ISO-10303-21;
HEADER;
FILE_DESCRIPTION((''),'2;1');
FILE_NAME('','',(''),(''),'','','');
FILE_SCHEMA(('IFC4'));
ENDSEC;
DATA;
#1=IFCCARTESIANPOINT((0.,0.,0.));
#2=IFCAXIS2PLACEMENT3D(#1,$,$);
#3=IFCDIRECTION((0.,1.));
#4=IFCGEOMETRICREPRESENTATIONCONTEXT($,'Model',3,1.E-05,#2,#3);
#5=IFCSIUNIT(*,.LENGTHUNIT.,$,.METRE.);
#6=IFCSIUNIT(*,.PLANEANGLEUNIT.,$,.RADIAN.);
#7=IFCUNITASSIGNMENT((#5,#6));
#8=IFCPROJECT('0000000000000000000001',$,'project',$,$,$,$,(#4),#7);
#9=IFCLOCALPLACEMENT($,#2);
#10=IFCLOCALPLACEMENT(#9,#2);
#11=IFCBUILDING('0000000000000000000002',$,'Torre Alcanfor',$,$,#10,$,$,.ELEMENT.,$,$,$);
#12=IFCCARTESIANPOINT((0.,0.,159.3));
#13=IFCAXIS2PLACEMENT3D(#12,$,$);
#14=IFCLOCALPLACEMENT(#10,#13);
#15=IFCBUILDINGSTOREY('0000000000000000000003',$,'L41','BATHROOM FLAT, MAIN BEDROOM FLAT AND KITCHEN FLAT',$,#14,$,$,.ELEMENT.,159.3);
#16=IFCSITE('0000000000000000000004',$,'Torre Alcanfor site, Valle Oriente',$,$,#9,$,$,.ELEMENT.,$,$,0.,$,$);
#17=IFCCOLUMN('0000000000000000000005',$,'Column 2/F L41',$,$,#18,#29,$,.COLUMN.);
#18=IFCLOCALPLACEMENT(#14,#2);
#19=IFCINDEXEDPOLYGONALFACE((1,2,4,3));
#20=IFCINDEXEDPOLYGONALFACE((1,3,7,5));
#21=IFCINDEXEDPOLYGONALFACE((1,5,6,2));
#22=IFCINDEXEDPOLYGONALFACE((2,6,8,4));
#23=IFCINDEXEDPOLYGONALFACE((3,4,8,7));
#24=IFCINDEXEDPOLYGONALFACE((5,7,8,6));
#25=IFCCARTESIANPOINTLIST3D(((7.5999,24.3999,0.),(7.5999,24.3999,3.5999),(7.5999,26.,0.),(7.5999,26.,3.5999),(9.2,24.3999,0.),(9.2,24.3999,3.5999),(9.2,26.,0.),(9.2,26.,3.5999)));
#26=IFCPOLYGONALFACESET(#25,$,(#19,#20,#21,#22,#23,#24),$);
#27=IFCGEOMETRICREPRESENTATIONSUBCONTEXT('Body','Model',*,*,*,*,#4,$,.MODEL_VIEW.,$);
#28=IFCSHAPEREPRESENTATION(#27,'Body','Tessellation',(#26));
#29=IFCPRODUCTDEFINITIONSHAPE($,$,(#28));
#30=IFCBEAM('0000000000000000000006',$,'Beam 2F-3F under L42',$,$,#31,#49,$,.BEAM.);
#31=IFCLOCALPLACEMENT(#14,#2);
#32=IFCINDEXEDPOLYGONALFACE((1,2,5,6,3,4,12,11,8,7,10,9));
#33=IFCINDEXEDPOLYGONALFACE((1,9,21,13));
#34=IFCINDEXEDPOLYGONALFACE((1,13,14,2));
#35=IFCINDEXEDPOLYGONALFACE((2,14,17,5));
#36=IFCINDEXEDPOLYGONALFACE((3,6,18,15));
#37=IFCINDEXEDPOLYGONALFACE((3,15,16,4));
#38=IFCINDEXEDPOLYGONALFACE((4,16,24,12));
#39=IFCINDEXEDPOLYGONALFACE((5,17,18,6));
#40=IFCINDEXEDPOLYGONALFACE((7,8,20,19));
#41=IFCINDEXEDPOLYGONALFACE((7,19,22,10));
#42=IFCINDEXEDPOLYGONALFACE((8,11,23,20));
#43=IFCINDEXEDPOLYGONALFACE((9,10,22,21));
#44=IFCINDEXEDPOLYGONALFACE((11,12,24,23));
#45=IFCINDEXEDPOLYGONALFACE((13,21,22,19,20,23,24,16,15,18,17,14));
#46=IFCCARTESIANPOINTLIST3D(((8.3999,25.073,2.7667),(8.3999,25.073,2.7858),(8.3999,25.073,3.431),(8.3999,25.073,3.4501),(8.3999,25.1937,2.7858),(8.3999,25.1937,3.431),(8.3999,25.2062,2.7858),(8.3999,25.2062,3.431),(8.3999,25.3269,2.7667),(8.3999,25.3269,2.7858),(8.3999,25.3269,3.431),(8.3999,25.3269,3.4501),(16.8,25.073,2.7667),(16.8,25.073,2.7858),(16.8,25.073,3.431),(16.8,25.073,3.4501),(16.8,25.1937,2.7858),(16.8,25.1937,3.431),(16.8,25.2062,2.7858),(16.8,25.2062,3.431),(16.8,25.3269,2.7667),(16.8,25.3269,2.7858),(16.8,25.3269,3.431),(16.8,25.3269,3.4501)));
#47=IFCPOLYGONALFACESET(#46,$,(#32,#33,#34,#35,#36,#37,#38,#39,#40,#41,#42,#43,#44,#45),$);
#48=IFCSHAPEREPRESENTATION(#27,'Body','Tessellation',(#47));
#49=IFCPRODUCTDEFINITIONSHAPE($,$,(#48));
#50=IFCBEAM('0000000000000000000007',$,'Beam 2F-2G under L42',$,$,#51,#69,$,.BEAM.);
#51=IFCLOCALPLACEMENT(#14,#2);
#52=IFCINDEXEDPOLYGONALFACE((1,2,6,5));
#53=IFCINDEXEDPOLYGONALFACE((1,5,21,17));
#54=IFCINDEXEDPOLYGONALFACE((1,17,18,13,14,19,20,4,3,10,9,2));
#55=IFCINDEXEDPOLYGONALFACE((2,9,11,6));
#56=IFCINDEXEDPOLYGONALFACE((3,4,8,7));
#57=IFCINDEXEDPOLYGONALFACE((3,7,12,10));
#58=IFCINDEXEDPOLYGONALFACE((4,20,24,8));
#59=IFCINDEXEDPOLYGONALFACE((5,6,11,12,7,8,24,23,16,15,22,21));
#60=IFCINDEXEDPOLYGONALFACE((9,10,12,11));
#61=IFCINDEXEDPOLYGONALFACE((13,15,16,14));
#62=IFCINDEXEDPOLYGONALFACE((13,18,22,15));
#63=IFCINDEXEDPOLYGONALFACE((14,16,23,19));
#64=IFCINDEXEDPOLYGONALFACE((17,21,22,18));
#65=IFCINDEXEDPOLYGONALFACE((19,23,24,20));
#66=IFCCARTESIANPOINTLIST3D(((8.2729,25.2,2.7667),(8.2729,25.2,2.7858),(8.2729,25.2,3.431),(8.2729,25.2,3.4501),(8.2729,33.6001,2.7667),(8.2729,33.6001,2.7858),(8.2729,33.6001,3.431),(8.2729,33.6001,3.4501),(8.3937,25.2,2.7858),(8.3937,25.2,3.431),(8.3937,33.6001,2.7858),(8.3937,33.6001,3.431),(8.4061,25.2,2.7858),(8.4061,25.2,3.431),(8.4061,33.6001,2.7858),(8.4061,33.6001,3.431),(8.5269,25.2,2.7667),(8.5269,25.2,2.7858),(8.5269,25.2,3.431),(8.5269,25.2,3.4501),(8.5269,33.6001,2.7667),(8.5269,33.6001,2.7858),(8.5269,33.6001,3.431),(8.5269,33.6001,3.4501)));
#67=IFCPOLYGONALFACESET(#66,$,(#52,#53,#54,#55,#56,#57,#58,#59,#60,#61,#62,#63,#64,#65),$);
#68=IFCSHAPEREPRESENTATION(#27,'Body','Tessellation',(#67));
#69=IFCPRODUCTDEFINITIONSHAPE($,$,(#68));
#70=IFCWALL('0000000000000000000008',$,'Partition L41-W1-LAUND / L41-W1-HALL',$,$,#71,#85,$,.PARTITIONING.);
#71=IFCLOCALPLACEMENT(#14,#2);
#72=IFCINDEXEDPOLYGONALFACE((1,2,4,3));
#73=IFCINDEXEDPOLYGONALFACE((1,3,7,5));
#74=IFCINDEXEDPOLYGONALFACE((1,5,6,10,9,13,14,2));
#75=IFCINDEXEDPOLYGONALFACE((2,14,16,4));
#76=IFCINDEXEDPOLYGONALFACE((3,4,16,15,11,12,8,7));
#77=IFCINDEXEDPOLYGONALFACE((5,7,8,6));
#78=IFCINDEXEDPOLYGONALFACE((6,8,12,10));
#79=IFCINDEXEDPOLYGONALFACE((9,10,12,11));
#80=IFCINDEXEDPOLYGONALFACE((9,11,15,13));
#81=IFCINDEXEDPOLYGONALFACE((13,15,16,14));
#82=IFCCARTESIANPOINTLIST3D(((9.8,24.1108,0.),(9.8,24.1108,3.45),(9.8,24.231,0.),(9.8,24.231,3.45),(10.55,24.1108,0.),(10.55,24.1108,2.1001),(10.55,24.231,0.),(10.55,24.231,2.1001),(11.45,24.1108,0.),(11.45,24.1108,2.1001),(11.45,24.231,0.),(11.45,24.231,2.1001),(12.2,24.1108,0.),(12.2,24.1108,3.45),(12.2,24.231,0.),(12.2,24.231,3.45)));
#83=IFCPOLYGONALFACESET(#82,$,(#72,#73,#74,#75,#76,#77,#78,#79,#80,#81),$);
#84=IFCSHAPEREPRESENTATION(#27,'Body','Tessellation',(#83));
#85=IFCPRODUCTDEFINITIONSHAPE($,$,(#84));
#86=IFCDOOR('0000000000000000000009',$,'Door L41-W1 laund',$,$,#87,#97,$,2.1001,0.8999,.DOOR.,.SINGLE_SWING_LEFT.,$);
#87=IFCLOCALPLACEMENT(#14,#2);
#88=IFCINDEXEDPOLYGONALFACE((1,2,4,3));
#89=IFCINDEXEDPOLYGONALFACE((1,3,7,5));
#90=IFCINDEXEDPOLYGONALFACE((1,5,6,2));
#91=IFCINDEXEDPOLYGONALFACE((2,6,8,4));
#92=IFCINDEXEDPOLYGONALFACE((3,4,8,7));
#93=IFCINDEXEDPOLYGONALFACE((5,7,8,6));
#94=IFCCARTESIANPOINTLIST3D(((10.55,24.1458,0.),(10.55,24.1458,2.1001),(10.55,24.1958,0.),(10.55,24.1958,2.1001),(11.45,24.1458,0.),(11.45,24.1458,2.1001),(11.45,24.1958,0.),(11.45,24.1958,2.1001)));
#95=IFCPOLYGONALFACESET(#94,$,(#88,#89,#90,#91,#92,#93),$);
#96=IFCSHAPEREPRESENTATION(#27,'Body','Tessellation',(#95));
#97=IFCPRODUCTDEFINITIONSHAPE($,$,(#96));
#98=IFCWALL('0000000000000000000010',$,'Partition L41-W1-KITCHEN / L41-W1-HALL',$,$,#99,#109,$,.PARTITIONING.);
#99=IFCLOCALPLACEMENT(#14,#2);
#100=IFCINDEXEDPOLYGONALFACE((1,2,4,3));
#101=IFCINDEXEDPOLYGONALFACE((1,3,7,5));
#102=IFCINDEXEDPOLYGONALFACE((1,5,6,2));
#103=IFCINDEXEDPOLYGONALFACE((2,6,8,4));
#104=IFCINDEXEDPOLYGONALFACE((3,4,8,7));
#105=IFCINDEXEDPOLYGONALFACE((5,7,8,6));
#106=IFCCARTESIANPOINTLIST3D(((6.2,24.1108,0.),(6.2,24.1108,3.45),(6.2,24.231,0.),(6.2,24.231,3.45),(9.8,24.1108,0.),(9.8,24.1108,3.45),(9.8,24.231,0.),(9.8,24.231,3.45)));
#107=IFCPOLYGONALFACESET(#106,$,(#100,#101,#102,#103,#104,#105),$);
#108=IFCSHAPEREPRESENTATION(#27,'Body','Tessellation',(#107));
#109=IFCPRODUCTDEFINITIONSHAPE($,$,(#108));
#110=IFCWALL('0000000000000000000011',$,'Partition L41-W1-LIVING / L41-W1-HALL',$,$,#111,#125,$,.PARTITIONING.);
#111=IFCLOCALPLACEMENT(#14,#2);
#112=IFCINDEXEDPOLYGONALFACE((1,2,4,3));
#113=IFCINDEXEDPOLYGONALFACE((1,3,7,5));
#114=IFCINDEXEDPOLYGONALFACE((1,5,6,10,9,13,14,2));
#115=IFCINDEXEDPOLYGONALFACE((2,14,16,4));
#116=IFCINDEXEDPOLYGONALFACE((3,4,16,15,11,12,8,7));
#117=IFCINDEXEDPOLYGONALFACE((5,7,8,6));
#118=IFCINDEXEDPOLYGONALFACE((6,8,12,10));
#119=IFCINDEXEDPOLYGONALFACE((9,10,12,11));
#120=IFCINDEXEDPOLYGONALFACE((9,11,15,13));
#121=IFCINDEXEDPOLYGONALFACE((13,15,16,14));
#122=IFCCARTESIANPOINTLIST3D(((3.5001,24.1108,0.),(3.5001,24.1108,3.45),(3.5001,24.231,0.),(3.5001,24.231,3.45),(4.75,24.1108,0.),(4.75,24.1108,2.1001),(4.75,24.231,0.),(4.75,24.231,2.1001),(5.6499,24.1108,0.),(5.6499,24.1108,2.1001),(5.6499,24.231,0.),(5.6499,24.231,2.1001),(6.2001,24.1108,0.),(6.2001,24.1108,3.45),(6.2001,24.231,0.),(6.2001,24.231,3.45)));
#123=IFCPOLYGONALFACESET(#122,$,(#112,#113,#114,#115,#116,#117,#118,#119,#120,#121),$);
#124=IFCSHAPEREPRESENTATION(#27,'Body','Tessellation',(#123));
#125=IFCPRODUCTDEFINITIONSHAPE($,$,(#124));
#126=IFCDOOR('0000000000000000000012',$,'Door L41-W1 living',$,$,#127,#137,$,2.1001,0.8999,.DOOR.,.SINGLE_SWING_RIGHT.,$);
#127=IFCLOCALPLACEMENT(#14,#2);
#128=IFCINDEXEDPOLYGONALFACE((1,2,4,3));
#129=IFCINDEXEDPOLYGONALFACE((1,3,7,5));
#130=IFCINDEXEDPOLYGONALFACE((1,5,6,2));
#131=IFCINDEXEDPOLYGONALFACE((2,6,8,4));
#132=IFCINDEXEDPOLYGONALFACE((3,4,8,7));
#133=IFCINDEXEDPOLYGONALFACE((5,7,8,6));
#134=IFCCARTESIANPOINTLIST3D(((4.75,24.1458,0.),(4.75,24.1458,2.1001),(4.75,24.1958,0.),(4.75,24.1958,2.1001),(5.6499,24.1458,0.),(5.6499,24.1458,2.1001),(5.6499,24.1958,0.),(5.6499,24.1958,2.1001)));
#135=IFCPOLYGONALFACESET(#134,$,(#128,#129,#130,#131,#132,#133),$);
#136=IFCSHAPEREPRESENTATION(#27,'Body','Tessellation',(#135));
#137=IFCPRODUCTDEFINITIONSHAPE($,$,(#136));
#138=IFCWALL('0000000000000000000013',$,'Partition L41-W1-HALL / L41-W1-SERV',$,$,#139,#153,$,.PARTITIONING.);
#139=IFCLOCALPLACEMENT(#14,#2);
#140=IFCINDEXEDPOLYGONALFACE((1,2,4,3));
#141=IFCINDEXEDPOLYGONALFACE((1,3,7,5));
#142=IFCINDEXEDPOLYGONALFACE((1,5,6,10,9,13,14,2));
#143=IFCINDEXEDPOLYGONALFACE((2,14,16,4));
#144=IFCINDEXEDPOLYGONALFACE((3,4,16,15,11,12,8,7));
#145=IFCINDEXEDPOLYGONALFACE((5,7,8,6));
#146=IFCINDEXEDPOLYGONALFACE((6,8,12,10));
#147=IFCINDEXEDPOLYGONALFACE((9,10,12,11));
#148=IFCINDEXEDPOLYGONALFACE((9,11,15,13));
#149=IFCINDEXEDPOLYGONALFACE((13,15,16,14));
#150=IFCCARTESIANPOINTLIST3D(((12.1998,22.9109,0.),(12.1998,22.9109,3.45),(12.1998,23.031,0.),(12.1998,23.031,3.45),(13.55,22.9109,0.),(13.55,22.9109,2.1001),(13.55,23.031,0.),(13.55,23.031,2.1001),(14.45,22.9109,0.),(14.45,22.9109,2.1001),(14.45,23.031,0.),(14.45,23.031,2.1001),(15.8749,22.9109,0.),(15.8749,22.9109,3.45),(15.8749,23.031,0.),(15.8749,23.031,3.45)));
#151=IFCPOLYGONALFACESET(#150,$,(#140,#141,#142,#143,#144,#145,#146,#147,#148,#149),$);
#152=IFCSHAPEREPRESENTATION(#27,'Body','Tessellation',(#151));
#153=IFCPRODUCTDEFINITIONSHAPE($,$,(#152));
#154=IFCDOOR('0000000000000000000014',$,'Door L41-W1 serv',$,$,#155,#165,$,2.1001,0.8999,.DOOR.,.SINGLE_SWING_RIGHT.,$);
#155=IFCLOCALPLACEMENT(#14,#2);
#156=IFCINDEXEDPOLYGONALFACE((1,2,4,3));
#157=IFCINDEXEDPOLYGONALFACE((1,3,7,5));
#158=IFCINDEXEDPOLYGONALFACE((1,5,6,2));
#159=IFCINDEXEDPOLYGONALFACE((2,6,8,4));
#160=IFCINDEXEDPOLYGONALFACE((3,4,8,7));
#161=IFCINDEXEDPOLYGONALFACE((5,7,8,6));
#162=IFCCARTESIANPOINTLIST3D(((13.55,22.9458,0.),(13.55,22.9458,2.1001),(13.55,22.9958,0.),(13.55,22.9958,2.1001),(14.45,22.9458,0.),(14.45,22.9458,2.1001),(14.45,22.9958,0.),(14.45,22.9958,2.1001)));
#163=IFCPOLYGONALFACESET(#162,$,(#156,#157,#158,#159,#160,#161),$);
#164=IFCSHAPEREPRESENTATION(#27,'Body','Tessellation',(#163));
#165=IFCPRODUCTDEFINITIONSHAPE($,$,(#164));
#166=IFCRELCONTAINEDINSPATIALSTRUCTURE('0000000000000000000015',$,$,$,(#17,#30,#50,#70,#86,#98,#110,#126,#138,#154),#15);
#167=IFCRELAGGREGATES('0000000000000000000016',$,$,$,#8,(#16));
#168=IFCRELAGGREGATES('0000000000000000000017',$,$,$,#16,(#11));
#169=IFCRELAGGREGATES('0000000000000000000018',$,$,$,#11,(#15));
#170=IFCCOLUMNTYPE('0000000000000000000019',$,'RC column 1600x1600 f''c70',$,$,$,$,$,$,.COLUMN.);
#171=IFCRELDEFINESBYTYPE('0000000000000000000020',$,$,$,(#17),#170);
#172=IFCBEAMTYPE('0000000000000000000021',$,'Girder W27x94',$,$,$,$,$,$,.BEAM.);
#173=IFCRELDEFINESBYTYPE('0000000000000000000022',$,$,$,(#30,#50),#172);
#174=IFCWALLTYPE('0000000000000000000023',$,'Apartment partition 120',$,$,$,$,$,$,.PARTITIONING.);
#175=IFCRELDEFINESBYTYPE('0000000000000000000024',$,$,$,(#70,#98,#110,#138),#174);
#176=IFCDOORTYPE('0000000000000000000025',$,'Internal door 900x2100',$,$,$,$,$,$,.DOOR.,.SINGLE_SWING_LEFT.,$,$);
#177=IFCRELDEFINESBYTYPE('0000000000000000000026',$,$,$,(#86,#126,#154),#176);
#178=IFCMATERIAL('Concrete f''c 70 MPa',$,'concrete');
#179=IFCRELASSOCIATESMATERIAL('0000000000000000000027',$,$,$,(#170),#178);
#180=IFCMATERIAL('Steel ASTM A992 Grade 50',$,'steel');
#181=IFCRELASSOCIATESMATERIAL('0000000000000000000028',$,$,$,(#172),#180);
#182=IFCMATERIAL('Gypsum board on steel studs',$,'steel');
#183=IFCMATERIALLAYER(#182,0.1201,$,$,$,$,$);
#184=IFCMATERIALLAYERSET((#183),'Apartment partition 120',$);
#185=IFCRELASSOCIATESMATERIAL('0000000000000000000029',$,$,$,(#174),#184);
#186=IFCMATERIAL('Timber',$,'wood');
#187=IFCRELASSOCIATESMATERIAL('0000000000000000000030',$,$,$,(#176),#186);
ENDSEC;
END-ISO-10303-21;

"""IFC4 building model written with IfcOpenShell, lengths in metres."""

from ifc_helpers import new_model, si_unit, direction, frame, frame_2d, origin, origin_2d, place, context, subcontext, project, spatial, rectangle, i_section, extrude, material, layer, layer_set, material_profile, profile_set, type_object, element, fill, save


model = new_model("IFC4")

# Units and contexts
model_context = context("Model", 3, precision=1e-05, world=origin(), true_north=direction((0.0, 1.0)))
body_context = subcontext(model_context, "Body", "Model", "MODEL_VIEW")
ifc_project = project(units=[si_unit("LENGTHUNIT", "METRE"), si_unit("PLANEANGLEUNIT", "RADIAN")], contexts=[model_context])

# Site, building, storey
site_placement = place(None, origin())
site = spatial("IfcSite", under=ifc_project, at=site_placement, Name="Torre Alcanfor site, Valle Oriente", CompositionType="ELEMENT", RefElevation=0.0)
building_placement = place(site_placement, origin())
building = spatial("IfcBuilding", under=site, at=building_placement, Name="Torre Alcanfor", CompositionType="ELEMENT")
storey_placement = place(building_placement, frame((0.0, 0.0, 159.3)))
storey = spatial("IfcBuildingStorey", under=building, at=storey_placement, Name="L41", Description="BATHROOM FLAT, MAIN BEDROOM FLAT AND KITCHEN FLAT", CompositionType="ELEMENT", Elevation=159.3)

# Column
ifc_material_1 = material(Name="Concrete f'c 70 MPa", Category="concrete")
ifc_material_profile_1 = material_profile(ifc_material_1, rectangle(XDim=1.6001, YDim=1.6001, at=origin_2d()), Name="1600x1600")
ifc_profile_set_1 = profile_set([ifc_material_profile_1], Name="Concrete f'c 70 MPa")
column_type = type_object("IfcColumnType", Name="RC column 1600x1600 f'c70", PredefinedType="COLUMN", material=ifc_profile_set_1)
column_placement = place(storey_placement, frame((8.3999, 25.2, 0.0), z_axis=(0.0, 0.0, 1.0), x_axis=(1.0, 0.0, 0.0)))
element("IfcColumn", 1, at=column_placement, inside=storey, type_object=column_type, Name="Column 2/F L41", PredefinedType="COLUMN", context=body_context, shape_type="SweptSolid", body=[
    extrude(rectangle(XDim=1.6001, YDim=1.6001, at=origin_2d()), origin(), (0.0, 0.0, 1.0), 3.5999),
])

# Beams
ifc_material_2 = material(Name="Steel ASTM A992 Grade 50", Category="steel")
ifc_material_profile_2 = material_profile(ifc_material_2, i_section(OverallWidth=0.2539, OverallDepth=0.6833, WebThickness=0.0125, FlangeThickness=0.019, at=origin_2d()), Name="W27x94")
ifc_profile_set_2 = profile_set([ifc_material_profile_2], Name="Steel ASTM A992 Grade 50")
beam_type = type_object("IfcBeamType", Name="Girder W27x94", PredefinedType="BEAM", material=ifc_profile_set_2)
for number, where, z_axis, x_axis, name in (
    (2, (8.3999, 25.2, 3.1084), (1.0, 0.0, 0.0), (0.0, 1.0, 0.0), "Beam 2F-3F under L42"),
    (3, (8.3999, 25.2, 3.1084), (0.0, 1.0, 0.0), (-1.0, 0.0, 0.0), "Beam 2F-2G under L42"),
):
    element("IfcBeam", number, at=place(storey_placement, frame(where, z_axis=z_axis, x_axis=x_axis)), inside=storey, type_object=beam_type, Name=name, PredefinedType="BEAM", context=body_context, shape_type="SweptSolid", body=[
        extrude(i_section(OverallWidth=0.2539, OverallDepth=0.6833, WebThickness=0.0125, FlangeThickness=0.019, at=origin_2d()), origin(), (0.0, 0.0, 1.0), 8.4001),
    ])

# Wall, opening, door
ifc_material_3 = material(Name="Gypsum board on steel studs", Category="steel")
ifc_layer_1 = layer(ifc_material_3, 0.1201)
ifc_layer_set_1 = layer_set([ifc_layer_1], Name="Apartment partition 120")
wall_type_1 = type_object("IfcWallType", Name="Apartment partition 120", PredefinedType="PARTITIONING", material=ifc_layer_set_1)
wall_1_placement = place(storey_placement, frame((9.8, 24.1709, 0.0), z_axis=(0.0, 0.0, 1.0), x_axis=(1.0, 0.0, 0.0)))
wall_1 = element("IfcWall", 4, at=wall_1_placement, inside=storey, type_object=wall_type_1, Name="Partition L41-W1-LAUND / L41-W1-HALL", PredefinedType="PARTITIONING", context=body_context, shape_type="SweptSolid", body=[
    extrude(rectangle(XDim=2.3999, YDim=0.1201, at=frame_2d((1.2, 0.0))), origin(), (0.0, 0.0, 1.0), 3.45),
])
opening_1_placement = place(wall_1_placement, frame((0.75, 0.0, 0.0)))
opening_1 = element("IfcOpeningElement", 5, at=opening_1_placement, cuts=wall_1, PredefinedType="OPENING", context=body_context, shape_type="SweptSolid", body=[
    extrude(rectangle(XDim=0.8999, YDim=2.1001, at=frame_2d((0.45, 1.05))), frame((0.0, 0.0701, 0.0), z_axis=(0.0, -1.0, 0.0), x_axis=(1.0, 0.0, 0.0)), (0.0, 0.0, 1.0), 0.1401),
])
ifc_material_4 = material(Name="Timber", Category="wood")
door_type_1 = type_object("IfcDoorType", Name="Internal door 900x2100", OperationType="SINGLE_SWING_LEFT", PredefinedType="DOOR", material=ifc_material_4)
door_1_placement = place(opening_1_placement, origin())
door_1 = element("IfcDoor", 6, at=door_1_placement, inside=storey, type_object=door_type_1, Name="Door L41-W1 laund", OperationType="SINGLE_SWING_LEFT", OverallHeight=2.1001, OverallWidth=0.8999, PredefinedType="DOOR", context=body_context, shape_type="SweptSolid", body=[
    extrude(rectangle(XDim=0.8999, YDim=2.1001, at=frame_2d((0.45, 1.05))), frame((0.0, 0.0249, 0.0), z_axis=(0.0, -1.0, 0.0), x_axis=(1.0, 0.0, 0.0)), (0.0, 0.0, 1.0), 0.05),
])
fill(opening_1, door_1)

# Wall
wall_2_placement = place(storey_placement, frame((6.2, 24.1709, 0.0), z_axis=(0.0, 0.0, 1.0), x_axis=(1.0, 0.0, 0.0)))
element("IfcWall", 7, at=wall_2_placement, inside=storey, type_object=wall_type_1, Name="Partition L41-W1-KITCHEN / L41-W1-HALL", PredefinedType="PARTITIONING", context=body_context, shape_type="SweptSolid", body=[
    extrude(rectangle(XDim=3.6001, YDim=0.1201, at=frame_2d((1.8, 0.0))), origin(), (0.0, 0.0, 1.0), 3.45),
])

# Walls, openings, doors
wall_3_placement = place(storey_placement, frame((3.5, 24.1709, 0.0), z_axis=(0.0, 0.0, 1.0), x_axis=(1.0, 0.0, 0.0)))
wall_3 = element("IfcWall", 8, at=wall_3_placement, inside=storey, type_object=wall_type_1, Name="Partition L41-W1-LIVING / L41-W1-HALL", PredefinedType="PARTITIONING", context=body_context, shape_type="SweptSolid", body=[
    extrude(rectangle(XDim=2.7, YDim=0.1201, at=frame_2d((1.3501, 0.0))), origin(), (0.0, 0.0, 1.0), 3.45),
])
opening_2_placement = place(wall_3_placement, frame((1.25, 0.0, 0.0)))
opening_2 = element("IfcOpeningElement", 9, at=opening_2_placement, cuts=wall_3, PredefinedType="OPENING", context=body_context, shape_type="SweptSolid", body=[
    extrude(rectangle(XDim=0.8999, YDim=2.1001, at=frame_2d((0.45, 1.05))), frame((0.0, 0.0701, 0.0), z_axis=(0.0, -1.0, 0.0), x_axis=(1.0, 0.0, 0.0)), (0.0, 0.0, 1.0), 0.1401),
])
door_2_placement = place(opening_2_placement, origin())
door_2 = element("IfcDoor", 10, at=door_2_placement, inside=storey, type_object=door_type_1, Name="Door L41-W1 living", OperationType="SINGLE_SWING_RIGHT", OverallHeight=2.1001, OverallWidth=0.8999, PredefinedType="DOOR", context=body_context, shape_type="SweptSolid", body=[
    extrude(rectangle(XDim=0.8999, YDim=2.1001, at=frame_2d((0.45, 1.05))), frame((0.0, 0.0249, 0.0), z_axis=(0.0, -1.0, 0.0), x_axis=(1.0, 0.0, 0.0)), (0.0, 0.0, 1.0), 0.05),
])
fill(opening_2, door_2)
wall_4_placement = place(storey_placement, frame((12.2, 22.9709, 0.0), z_axis=(0.0, 0.0, 1.0), x_axis=(1.0, 0.0, 0.0)))
wall_4 = element("IfcWall", 11, at=wall_4_placement, inside=storey, type_object=wall_type_1, Name="Partition L41-W1-HALL / L41-W1-SERV", PredefinedType="PARTITIONING", context=body_context, shape_type="SweptSolid", body=[
    extrude(rectangle(XDim=3.675, YDim=0.1201, at=frame_2d((1.8374, 0.0))), origin(), (0.0, 0.0, 1.0), 3.45),
])
opening_3_placement = place(wall_4_placement, frame((1.3501, 0.0, 0.0)))
opening_3 = element("IfcOpeningElement", 12, at=opening_3_placement, cuts=wall_4, PredefinedType="OPENING", context=body_context, shape_type="SweptSolid", body=[
    extrude(rectangle(XDim=0.8999, YDim=2.1001, at=frame_2d((0.45, 1.05))), frame((0.0, 0.0701, 0.0), z_axis=(0.0, -1.0, 0.0), x_axis=(1.0, 0.0, 0.0)), (0.0, 0.0, 1.0), 0.1401),
])
door_3_placement = place(opening_3_placement, frame((0.8999, 0.0, 0.0), z_axis=(0.0, 0.0, 1.0), x_axis=(-1.0, 0.0, 0.0)))
door_3 = element("IfcDoor", 13, at=door_3_placement, inside=storey, type_object=door_type_1, Name="Door L41-W1 serv", OperationType="SINGLE_SWING_RIGHT", OverallHeight=2.1001, OverallWidth=0.8999, PredefinedType="DOOR", context=body_context, shape_type="SweptSolid", body=[
    extrude(rectangle(XDim=0.8999, YDim=2.1001, at=frame_2d((0.45, 1.05))), frame((0.0, 0.0251, 0.0), z_axis=(0.0, -1.0, 0.0), x_axis=(1.0, 0.0, 0.0)), (0.0, 0.0, 1.0), 0.05),
])
fill(opening_3, door_3)

save(model, "model.ifc")
